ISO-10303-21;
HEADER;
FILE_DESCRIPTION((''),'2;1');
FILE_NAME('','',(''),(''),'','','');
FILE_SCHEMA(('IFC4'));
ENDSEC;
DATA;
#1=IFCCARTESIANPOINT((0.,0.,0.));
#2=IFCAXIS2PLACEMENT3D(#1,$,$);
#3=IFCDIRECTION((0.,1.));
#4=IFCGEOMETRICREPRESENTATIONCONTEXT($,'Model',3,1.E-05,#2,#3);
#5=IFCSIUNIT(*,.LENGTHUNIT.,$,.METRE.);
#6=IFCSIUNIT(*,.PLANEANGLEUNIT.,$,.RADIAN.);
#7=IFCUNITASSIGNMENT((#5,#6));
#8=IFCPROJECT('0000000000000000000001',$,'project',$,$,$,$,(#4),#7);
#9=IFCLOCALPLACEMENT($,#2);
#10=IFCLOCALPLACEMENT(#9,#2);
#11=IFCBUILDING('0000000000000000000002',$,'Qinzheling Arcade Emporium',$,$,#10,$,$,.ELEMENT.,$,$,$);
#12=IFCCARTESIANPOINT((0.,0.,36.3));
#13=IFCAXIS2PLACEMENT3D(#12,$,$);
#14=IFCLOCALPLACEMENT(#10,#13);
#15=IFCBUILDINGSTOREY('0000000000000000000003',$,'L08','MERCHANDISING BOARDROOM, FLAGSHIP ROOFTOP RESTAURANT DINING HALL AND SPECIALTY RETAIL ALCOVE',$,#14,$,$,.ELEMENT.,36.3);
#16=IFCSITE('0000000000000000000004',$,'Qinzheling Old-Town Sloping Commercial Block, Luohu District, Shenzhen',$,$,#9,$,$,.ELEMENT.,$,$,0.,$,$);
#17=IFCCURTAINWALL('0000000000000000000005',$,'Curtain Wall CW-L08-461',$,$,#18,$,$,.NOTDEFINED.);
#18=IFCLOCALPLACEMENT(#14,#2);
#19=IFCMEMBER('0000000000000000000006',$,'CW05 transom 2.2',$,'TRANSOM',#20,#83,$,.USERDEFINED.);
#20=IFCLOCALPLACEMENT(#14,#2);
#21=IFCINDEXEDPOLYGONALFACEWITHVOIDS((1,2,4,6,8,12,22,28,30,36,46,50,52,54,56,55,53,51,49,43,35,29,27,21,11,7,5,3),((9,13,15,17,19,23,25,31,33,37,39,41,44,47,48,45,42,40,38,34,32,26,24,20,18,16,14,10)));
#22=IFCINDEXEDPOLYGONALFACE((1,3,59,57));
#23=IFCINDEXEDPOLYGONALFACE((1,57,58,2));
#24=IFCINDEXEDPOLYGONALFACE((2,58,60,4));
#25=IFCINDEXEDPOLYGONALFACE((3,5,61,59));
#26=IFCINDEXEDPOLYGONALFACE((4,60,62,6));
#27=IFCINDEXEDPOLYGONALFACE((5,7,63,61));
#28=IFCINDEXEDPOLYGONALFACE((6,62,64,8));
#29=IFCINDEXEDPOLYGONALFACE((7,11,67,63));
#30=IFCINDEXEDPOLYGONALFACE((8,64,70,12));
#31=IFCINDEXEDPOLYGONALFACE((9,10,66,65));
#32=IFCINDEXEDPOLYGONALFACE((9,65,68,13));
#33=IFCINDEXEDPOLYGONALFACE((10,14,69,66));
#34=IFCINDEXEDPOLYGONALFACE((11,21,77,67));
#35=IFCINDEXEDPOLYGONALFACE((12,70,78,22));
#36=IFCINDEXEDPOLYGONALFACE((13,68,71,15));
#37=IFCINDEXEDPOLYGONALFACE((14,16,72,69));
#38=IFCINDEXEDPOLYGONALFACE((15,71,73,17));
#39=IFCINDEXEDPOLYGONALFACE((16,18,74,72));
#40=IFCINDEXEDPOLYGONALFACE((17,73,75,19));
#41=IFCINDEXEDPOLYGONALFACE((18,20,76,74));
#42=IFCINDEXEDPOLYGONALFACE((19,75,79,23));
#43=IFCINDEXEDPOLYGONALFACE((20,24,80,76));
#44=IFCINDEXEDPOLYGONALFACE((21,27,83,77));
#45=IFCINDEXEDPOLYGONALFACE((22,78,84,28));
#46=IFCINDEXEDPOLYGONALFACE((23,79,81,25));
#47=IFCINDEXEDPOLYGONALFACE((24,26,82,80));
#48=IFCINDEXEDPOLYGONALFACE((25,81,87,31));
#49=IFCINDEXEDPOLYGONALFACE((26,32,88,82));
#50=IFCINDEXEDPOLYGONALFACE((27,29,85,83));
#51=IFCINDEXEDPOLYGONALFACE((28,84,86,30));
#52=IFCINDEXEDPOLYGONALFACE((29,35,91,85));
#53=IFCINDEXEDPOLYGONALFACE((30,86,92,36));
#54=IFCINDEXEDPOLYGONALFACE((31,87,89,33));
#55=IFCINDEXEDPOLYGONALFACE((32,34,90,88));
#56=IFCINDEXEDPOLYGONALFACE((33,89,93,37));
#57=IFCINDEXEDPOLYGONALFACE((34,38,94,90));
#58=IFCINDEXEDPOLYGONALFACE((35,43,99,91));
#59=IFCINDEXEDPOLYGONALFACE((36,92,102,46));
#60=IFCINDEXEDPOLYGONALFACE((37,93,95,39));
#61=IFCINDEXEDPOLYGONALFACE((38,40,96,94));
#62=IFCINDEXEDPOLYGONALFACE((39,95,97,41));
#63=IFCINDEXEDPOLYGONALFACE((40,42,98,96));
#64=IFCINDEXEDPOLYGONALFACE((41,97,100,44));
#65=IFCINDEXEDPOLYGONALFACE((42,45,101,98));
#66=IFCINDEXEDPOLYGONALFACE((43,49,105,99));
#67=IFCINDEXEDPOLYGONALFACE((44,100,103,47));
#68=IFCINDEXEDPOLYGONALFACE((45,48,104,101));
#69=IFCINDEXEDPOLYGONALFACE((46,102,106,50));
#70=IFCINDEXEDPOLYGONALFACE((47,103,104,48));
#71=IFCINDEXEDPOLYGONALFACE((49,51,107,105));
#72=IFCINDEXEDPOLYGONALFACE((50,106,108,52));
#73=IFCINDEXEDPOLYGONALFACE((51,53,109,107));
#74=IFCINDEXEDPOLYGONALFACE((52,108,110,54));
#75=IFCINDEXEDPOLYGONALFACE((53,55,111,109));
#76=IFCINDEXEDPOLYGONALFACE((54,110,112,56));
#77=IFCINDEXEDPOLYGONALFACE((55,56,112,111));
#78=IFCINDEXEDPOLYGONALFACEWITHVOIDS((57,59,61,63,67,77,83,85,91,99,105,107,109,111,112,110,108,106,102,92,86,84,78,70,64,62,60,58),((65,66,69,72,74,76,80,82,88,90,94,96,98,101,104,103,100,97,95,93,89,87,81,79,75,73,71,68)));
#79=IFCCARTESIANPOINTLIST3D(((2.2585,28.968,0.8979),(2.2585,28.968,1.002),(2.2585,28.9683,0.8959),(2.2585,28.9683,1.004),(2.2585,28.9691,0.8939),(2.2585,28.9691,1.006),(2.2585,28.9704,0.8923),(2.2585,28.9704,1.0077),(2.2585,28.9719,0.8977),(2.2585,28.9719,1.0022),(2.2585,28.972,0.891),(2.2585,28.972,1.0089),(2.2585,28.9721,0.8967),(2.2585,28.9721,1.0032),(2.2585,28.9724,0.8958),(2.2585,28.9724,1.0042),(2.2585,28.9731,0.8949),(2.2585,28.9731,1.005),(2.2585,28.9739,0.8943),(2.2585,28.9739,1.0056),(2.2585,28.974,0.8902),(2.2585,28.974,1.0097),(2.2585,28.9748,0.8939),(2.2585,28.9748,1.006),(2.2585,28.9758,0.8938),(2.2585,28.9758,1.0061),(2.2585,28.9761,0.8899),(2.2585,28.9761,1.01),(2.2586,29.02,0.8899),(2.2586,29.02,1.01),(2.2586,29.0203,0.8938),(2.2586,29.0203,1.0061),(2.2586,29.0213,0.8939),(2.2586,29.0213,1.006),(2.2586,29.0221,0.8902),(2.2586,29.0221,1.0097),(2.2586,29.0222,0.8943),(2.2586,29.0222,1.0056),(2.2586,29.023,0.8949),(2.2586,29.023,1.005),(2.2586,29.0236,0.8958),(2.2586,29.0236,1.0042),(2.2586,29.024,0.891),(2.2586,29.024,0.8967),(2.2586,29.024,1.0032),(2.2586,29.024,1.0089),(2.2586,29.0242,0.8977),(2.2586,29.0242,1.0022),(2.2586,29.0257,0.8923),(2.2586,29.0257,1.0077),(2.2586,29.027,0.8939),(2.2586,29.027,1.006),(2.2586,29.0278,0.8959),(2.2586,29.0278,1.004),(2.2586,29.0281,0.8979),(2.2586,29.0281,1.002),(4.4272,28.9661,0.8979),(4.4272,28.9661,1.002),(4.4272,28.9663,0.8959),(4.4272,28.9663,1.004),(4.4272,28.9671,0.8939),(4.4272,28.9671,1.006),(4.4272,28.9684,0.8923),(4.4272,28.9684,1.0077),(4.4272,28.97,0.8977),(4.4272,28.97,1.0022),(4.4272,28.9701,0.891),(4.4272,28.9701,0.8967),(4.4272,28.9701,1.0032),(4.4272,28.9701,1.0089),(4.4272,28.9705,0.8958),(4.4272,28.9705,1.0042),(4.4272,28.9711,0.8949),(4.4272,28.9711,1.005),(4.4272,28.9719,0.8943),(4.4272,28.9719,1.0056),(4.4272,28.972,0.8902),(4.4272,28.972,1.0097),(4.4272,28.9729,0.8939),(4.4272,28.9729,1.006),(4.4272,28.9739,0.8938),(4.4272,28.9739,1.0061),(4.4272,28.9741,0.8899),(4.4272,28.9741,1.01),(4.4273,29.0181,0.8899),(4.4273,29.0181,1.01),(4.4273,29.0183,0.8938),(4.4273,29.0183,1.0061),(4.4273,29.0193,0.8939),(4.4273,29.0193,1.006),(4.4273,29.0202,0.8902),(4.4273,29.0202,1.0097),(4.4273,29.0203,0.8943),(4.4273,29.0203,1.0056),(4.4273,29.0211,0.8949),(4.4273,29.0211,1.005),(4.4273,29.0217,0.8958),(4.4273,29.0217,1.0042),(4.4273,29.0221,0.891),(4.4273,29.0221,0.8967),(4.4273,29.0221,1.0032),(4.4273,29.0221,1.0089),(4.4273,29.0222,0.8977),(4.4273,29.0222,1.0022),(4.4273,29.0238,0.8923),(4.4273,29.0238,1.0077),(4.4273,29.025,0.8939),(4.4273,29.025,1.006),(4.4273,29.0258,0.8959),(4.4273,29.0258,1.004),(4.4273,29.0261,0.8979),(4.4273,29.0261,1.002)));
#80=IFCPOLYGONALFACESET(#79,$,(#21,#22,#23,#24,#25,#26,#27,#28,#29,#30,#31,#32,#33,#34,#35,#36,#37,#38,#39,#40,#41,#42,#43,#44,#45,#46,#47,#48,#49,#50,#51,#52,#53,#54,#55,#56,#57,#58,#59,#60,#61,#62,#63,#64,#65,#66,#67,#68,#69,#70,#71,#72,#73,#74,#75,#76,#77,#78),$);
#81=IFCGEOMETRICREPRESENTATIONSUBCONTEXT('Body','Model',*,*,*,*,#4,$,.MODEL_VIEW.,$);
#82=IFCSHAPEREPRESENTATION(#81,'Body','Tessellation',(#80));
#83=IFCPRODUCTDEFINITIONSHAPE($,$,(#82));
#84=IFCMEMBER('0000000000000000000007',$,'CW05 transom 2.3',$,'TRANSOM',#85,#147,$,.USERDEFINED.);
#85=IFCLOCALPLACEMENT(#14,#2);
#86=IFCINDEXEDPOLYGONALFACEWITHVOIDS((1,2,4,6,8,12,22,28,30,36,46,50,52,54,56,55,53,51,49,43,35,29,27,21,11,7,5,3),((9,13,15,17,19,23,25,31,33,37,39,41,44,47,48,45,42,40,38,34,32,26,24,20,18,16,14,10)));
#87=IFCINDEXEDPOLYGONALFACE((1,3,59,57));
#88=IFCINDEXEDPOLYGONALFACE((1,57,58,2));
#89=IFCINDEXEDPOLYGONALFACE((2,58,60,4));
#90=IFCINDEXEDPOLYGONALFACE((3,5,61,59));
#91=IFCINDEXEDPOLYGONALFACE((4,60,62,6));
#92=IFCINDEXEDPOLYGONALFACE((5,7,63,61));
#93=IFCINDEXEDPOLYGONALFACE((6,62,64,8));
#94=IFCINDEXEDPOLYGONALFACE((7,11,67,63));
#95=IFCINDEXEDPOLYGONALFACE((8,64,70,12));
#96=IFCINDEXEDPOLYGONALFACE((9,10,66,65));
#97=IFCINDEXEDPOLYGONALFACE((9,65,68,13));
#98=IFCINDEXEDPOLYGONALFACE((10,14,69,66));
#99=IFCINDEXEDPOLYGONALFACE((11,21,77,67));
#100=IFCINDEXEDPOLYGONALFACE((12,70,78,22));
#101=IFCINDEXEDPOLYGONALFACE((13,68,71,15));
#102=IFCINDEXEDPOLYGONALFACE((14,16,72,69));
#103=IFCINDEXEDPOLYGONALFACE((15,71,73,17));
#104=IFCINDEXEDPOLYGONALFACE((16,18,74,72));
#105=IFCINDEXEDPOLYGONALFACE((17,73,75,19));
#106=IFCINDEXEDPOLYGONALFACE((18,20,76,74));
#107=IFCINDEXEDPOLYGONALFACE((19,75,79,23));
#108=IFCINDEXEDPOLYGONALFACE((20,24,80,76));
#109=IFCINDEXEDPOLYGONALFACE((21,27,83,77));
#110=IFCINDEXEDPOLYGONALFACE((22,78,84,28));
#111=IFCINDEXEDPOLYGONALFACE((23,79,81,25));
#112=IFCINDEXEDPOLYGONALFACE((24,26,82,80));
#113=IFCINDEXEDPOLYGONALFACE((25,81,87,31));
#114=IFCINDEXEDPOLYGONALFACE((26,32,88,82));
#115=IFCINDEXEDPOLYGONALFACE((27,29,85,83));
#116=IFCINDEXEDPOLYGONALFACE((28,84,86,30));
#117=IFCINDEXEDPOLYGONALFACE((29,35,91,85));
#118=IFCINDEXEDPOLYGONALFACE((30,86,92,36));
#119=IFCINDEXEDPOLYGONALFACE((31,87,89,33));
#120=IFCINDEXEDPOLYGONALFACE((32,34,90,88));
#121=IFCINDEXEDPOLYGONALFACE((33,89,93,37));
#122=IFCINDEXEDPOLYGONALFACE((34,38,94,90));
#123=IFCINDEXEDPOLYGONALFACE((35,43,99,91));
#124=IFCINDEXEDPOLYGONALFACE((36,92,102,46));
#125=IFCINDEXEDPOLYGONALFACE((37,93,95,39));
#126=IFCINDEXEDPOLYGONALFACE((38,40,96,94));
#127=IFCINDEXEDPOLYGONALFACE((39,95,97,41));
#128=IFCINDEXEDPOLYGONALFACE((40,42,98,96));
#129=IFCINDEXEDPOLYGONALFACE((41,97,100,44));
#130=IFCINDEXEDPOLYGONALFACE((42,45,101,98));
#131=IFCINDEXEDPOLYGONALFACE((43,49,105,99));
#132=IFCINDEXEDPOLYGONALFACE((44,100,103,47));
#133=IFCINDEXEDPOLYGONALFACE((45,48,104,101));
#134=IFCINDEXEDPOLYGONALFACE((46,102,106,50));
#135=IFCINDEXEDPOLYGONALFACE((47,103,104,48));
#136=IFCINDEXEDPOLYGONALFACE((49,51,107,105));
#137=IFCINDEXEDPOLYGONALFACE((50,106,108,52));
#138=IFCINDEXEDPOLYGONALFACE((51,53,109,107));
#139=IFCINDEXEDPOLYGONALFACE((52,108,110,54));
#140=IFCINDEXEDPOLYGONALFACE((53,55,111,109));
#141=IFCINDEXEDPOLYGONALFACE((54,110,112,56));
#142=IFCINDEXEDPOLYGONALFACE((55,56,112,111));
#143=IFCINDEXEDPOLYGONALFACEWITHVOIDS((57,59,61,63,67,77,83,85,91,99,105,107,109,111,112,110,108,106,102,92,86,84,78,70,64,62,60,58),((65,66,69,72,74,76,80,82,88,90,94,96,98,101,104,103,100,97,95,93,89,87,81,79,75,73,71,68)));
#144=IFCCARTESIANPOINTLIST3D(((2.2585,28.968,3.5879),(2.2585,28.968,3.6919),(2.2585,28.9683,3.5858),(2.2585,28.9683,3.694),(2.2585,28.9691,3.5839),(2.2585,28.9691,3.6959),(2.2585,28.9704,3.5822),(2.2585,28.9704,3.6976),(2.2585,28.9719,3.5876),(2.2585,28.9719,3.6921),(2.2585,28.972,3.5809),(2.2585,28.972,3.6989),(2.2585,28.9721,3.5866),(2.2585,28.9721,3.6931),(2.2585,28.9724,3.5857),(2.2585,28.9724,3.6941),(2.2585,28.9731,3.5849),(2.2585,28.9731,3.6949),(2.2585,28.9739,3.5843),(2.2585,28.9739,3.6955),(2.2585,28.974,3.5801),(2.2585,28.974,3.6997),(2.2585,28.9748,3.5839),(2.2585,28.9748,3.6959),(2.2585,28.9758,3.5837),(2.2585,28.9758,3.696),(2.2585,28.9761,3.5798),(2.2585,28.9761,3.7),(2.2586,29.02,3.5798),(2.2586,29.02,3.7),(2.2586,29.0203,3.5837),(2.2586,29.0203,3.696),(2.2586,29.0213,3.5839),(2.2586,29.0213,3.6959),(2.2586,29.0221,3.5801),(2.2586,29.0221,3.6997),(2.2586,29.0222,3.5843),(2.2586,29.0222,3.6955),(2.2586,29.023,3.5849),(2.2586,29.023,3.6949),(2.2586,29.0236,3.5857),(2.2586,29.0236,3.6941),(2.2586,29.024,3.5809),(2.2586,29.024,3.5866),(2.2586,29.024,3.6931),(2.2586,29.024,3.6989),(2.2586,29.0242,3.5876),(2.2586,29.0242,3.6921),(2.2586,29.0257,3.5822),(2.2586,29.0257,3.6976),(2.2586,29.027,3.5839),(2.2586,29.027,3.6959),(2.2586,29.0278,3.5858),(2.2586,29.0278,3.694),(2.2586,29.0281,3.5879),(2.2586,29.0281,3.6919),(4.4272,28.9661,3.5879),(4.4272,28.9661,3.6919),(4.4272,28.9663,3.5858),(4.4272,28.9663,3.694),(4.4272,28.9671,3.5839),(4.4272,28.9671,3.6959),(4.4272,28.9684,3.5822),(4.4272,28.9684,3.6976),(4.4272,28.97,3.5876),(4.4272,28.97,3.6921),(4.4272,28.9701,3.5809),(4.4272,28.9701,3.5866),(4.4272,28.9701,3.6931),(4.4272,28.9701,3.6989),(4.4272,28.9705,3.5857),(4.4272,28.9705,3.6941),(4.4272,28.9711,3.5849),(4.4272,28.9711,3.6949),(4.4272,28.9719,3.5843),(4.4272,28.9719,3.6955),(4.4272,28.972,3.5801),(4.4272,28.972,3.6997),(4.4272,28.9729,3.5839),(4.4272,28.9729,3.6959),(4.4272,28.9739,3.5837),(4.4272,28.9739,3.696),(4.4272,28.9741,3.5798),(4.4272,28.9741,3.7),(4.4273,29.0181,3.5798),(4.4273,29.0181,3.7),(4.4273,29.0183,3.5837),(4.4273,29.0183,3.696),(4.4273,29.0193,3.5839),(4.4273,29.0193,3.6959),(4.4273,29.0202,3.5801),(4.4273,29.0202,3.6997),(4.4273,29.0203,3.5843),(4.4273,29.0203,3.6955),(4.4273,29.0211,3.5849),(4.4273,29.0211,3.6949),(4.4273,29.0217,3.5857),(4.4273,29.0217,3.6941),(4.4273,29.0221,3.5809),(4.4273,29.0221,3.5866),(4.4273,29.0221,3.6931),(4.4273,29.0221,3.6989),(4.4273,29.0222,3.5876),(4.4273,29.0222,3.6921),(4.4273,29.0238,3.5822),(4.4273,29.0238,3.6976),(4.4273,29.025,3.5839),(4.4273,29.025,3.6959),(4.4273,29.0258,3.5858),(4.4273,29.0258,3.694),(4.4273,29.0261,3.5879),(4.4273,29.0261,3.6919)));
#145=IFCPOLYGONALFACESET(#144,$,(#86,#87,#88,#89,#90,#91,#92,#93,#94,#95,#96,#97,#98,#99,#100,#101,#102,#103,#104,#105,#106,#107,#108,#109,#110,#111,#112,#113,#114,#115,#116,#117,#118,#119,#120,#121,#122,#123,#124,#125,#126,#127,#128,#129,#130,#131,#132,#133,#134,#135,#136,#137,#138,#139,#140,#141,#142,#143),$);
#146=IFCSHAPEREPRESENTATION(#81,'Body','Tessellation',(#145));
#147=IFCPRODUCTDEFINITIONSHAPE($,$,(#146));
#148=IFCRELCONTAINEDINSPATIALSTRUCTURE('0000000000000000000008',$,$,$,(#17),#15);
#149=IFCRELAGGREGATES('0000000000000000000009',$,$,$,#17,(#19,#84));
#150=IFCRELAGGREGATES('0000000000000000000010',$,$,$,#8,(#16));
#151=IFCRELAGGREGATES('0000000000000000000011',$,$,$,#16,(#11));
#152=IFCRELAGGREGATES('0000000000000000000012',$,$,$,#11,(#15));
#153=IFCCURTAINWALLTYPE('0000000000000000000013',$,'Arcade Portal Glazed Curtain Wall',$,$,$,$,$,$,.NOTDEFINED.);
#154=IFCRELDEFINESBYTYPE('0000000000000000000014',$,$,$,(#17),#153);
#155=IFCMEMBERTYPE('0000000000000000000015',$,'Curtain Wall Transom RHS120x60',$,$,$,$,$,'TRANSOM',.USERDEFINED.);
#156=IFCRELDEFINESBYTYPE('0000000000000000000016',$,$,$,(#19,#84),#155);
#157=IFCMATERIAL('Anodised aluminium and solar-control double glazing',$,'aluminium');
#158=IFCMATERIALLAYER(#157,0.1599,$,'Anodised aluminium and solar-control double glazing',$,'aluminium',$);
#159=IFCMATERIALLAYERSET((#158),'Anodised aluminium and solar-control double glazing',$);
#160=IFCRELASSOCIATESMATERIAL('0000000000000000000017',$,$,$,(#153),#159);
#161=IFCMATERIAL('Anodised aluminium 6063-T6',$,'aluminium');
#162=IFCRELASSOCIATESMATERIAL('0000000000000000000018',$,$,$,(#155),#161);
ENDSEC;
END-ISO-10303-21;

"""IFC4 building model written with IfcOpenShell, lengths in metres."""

from ifc_helpers import new_model, si_unit, direction, frame, origin, origin_2d, place, context, subcontext, project, spatial, hollow_rectangle, extrude, material, layer, layer_set, material_profile, profile_set, type_object, element, aggregate, save


model = new_model("IFC4")

# Units and contexts
model_context = context("Model", 3, precision=1e-05, world=origin(), true_north=direction((0.0, 1.0)))
body_context = subcontext(model_context, "Body", "Model", "MODEL_VIEW")
ifc_project = project(units=[si_unit("LENGTHUNIT", "METRE"), si_unit("PLANEANGLEUNIT", "RADIAN")], contexts=[model_context])

# Site, building, storey
site_placement = place(None, origin())
site = spatial("IfcSite", under=ifc_project, at=site_placement, Name="Qinzheling Old-Town Sloping Commercial Block, Luohu District, Shenzhen", CompositionType="ELEMENT", RefElevation=0.0)
building_placement = place(site_placement, origin())
building = spatial("IfcBuilding", under=site, at=building_placement, Name="Qinzheling Arcade Emporium", CompositionType="ELEMENT")
storey_placement = place(building_placement, frame((0.0, 0.0, 36.3)))
storey = spatial("IfcBuildingStorey", under=building, at=storey_placement, Name="L08", Description="MERCHANDISING BOARDROOM, FLAGSHIP ROOFTOP RESTAURANT DINING HALL AND SPECIALTY RETAIL ALCOVE", CompositionType="ELEMENT", Elevation=36.3)

# Curtain wall, members
ifc_material_1 = material(Name="Anodised aluminium and solar-control double glazing", Category="aluminium")
ifc_layer_1 = layer(ifc_material_1, 0.1599, Name="Anodised aluminium and solar-control double glazing", Category="aluminium")
ifc_layer_set_1 = layer_set([ifc_layer_1], Name="Anodised aluminium and solar-control double glazing")
curtain_wall_type = type_object("IfcCurtainWallType", Name="Arcade Portal Glazed Curtain Wall", PredefinedType="NOTDEFINED", material=ifc_layer_set_1)
ifc_material_2 = material(Name="Anodised aluminium 6063-T6", Category="aluminium")
curtain_wall_1_placement = place(storey_placement, origin())
curtain_wall_1 = element("IfcCurtainWall", 1, at=curtain_wall_1_placement, inside=storey, type_object=curtain_wall_type, Name="Curtain Wall CW-L08-461", PredefinedType="NOTDEFINED")
ifc_material_profile_1 = material_profile(ifc_material_2, hollow_rectangle(XDim=0.0601, YDim=0.1201, WallThickness=0.0039, InnerFilletRadius=0.0039, OuterFilletRadius=0.0081, at=origin_2d()), Name="RHS 120x60x4", Category="aluminium")
ifc_profile_set_1 = profile_set([ifc_material_profile_1], Name="Anodised aluminium 6063-T6")
member_type_1 = type_object("IfcMemberType", Name="Curtain Wall Transom RHS120x60", ElementType="TRANSOM", PredefinedType="USERDEFINED", material=ifc_profile_set_1)
member_1_placement = place(storey_placement, frame((4.4272, 28.9961, 0.95), z_axis=(-1.0, 0.000901, 0.0), x_axis=(-0.000901, -1.0, 0.0)))
member_1 = element("IfcMember", 2, at=member_1_placement, type_object=member_type_1, Name="CW05 transom 2.2", ObjectType="TRANSOM", PredefinedType="USERDEFINED", context=body_context, shape_type="SweptSolid", body=[
    extrude(hollow_rectangle(XDim=0.0601, YDim=0.1201, WallThickness=0.0039, InnerFilletRadius=0.0039, OuterFilletRadius=0.0081, at=origin_2d()), origin(), (0.0, 0.0, 1.0), 2.1687),
])
member_2_placement = place(storey_placement, frame((4.4272, 28.9961, 3.6399), z_axis=(-1.0, 0.000901, 0.0), x_axis=(-0.000901, -1.0, 0.0)))
member_2 = element("IfcMember", 3, at=member_2_placement, type_object=member_type_1, Name="CW05 transom 2.3", ObjectType="TRANSOM", PredefinedType="USERDEFINED", context=body_context, shape_type="SweptSolid", body=[
    extrude(hollow_rectangle(XDim=0.0601, YDim=0.1201, WallThickness=0.0039, InnerFilletRadius=0.0039, OuterFilletRadius=0.0081, at=origin_2d()), origin(), (0.0, 0.0, 1.0), 2.1687),
])

aggregate(curtain_wall_1, [member_1, member_2])

save(model, "model.ifc")
